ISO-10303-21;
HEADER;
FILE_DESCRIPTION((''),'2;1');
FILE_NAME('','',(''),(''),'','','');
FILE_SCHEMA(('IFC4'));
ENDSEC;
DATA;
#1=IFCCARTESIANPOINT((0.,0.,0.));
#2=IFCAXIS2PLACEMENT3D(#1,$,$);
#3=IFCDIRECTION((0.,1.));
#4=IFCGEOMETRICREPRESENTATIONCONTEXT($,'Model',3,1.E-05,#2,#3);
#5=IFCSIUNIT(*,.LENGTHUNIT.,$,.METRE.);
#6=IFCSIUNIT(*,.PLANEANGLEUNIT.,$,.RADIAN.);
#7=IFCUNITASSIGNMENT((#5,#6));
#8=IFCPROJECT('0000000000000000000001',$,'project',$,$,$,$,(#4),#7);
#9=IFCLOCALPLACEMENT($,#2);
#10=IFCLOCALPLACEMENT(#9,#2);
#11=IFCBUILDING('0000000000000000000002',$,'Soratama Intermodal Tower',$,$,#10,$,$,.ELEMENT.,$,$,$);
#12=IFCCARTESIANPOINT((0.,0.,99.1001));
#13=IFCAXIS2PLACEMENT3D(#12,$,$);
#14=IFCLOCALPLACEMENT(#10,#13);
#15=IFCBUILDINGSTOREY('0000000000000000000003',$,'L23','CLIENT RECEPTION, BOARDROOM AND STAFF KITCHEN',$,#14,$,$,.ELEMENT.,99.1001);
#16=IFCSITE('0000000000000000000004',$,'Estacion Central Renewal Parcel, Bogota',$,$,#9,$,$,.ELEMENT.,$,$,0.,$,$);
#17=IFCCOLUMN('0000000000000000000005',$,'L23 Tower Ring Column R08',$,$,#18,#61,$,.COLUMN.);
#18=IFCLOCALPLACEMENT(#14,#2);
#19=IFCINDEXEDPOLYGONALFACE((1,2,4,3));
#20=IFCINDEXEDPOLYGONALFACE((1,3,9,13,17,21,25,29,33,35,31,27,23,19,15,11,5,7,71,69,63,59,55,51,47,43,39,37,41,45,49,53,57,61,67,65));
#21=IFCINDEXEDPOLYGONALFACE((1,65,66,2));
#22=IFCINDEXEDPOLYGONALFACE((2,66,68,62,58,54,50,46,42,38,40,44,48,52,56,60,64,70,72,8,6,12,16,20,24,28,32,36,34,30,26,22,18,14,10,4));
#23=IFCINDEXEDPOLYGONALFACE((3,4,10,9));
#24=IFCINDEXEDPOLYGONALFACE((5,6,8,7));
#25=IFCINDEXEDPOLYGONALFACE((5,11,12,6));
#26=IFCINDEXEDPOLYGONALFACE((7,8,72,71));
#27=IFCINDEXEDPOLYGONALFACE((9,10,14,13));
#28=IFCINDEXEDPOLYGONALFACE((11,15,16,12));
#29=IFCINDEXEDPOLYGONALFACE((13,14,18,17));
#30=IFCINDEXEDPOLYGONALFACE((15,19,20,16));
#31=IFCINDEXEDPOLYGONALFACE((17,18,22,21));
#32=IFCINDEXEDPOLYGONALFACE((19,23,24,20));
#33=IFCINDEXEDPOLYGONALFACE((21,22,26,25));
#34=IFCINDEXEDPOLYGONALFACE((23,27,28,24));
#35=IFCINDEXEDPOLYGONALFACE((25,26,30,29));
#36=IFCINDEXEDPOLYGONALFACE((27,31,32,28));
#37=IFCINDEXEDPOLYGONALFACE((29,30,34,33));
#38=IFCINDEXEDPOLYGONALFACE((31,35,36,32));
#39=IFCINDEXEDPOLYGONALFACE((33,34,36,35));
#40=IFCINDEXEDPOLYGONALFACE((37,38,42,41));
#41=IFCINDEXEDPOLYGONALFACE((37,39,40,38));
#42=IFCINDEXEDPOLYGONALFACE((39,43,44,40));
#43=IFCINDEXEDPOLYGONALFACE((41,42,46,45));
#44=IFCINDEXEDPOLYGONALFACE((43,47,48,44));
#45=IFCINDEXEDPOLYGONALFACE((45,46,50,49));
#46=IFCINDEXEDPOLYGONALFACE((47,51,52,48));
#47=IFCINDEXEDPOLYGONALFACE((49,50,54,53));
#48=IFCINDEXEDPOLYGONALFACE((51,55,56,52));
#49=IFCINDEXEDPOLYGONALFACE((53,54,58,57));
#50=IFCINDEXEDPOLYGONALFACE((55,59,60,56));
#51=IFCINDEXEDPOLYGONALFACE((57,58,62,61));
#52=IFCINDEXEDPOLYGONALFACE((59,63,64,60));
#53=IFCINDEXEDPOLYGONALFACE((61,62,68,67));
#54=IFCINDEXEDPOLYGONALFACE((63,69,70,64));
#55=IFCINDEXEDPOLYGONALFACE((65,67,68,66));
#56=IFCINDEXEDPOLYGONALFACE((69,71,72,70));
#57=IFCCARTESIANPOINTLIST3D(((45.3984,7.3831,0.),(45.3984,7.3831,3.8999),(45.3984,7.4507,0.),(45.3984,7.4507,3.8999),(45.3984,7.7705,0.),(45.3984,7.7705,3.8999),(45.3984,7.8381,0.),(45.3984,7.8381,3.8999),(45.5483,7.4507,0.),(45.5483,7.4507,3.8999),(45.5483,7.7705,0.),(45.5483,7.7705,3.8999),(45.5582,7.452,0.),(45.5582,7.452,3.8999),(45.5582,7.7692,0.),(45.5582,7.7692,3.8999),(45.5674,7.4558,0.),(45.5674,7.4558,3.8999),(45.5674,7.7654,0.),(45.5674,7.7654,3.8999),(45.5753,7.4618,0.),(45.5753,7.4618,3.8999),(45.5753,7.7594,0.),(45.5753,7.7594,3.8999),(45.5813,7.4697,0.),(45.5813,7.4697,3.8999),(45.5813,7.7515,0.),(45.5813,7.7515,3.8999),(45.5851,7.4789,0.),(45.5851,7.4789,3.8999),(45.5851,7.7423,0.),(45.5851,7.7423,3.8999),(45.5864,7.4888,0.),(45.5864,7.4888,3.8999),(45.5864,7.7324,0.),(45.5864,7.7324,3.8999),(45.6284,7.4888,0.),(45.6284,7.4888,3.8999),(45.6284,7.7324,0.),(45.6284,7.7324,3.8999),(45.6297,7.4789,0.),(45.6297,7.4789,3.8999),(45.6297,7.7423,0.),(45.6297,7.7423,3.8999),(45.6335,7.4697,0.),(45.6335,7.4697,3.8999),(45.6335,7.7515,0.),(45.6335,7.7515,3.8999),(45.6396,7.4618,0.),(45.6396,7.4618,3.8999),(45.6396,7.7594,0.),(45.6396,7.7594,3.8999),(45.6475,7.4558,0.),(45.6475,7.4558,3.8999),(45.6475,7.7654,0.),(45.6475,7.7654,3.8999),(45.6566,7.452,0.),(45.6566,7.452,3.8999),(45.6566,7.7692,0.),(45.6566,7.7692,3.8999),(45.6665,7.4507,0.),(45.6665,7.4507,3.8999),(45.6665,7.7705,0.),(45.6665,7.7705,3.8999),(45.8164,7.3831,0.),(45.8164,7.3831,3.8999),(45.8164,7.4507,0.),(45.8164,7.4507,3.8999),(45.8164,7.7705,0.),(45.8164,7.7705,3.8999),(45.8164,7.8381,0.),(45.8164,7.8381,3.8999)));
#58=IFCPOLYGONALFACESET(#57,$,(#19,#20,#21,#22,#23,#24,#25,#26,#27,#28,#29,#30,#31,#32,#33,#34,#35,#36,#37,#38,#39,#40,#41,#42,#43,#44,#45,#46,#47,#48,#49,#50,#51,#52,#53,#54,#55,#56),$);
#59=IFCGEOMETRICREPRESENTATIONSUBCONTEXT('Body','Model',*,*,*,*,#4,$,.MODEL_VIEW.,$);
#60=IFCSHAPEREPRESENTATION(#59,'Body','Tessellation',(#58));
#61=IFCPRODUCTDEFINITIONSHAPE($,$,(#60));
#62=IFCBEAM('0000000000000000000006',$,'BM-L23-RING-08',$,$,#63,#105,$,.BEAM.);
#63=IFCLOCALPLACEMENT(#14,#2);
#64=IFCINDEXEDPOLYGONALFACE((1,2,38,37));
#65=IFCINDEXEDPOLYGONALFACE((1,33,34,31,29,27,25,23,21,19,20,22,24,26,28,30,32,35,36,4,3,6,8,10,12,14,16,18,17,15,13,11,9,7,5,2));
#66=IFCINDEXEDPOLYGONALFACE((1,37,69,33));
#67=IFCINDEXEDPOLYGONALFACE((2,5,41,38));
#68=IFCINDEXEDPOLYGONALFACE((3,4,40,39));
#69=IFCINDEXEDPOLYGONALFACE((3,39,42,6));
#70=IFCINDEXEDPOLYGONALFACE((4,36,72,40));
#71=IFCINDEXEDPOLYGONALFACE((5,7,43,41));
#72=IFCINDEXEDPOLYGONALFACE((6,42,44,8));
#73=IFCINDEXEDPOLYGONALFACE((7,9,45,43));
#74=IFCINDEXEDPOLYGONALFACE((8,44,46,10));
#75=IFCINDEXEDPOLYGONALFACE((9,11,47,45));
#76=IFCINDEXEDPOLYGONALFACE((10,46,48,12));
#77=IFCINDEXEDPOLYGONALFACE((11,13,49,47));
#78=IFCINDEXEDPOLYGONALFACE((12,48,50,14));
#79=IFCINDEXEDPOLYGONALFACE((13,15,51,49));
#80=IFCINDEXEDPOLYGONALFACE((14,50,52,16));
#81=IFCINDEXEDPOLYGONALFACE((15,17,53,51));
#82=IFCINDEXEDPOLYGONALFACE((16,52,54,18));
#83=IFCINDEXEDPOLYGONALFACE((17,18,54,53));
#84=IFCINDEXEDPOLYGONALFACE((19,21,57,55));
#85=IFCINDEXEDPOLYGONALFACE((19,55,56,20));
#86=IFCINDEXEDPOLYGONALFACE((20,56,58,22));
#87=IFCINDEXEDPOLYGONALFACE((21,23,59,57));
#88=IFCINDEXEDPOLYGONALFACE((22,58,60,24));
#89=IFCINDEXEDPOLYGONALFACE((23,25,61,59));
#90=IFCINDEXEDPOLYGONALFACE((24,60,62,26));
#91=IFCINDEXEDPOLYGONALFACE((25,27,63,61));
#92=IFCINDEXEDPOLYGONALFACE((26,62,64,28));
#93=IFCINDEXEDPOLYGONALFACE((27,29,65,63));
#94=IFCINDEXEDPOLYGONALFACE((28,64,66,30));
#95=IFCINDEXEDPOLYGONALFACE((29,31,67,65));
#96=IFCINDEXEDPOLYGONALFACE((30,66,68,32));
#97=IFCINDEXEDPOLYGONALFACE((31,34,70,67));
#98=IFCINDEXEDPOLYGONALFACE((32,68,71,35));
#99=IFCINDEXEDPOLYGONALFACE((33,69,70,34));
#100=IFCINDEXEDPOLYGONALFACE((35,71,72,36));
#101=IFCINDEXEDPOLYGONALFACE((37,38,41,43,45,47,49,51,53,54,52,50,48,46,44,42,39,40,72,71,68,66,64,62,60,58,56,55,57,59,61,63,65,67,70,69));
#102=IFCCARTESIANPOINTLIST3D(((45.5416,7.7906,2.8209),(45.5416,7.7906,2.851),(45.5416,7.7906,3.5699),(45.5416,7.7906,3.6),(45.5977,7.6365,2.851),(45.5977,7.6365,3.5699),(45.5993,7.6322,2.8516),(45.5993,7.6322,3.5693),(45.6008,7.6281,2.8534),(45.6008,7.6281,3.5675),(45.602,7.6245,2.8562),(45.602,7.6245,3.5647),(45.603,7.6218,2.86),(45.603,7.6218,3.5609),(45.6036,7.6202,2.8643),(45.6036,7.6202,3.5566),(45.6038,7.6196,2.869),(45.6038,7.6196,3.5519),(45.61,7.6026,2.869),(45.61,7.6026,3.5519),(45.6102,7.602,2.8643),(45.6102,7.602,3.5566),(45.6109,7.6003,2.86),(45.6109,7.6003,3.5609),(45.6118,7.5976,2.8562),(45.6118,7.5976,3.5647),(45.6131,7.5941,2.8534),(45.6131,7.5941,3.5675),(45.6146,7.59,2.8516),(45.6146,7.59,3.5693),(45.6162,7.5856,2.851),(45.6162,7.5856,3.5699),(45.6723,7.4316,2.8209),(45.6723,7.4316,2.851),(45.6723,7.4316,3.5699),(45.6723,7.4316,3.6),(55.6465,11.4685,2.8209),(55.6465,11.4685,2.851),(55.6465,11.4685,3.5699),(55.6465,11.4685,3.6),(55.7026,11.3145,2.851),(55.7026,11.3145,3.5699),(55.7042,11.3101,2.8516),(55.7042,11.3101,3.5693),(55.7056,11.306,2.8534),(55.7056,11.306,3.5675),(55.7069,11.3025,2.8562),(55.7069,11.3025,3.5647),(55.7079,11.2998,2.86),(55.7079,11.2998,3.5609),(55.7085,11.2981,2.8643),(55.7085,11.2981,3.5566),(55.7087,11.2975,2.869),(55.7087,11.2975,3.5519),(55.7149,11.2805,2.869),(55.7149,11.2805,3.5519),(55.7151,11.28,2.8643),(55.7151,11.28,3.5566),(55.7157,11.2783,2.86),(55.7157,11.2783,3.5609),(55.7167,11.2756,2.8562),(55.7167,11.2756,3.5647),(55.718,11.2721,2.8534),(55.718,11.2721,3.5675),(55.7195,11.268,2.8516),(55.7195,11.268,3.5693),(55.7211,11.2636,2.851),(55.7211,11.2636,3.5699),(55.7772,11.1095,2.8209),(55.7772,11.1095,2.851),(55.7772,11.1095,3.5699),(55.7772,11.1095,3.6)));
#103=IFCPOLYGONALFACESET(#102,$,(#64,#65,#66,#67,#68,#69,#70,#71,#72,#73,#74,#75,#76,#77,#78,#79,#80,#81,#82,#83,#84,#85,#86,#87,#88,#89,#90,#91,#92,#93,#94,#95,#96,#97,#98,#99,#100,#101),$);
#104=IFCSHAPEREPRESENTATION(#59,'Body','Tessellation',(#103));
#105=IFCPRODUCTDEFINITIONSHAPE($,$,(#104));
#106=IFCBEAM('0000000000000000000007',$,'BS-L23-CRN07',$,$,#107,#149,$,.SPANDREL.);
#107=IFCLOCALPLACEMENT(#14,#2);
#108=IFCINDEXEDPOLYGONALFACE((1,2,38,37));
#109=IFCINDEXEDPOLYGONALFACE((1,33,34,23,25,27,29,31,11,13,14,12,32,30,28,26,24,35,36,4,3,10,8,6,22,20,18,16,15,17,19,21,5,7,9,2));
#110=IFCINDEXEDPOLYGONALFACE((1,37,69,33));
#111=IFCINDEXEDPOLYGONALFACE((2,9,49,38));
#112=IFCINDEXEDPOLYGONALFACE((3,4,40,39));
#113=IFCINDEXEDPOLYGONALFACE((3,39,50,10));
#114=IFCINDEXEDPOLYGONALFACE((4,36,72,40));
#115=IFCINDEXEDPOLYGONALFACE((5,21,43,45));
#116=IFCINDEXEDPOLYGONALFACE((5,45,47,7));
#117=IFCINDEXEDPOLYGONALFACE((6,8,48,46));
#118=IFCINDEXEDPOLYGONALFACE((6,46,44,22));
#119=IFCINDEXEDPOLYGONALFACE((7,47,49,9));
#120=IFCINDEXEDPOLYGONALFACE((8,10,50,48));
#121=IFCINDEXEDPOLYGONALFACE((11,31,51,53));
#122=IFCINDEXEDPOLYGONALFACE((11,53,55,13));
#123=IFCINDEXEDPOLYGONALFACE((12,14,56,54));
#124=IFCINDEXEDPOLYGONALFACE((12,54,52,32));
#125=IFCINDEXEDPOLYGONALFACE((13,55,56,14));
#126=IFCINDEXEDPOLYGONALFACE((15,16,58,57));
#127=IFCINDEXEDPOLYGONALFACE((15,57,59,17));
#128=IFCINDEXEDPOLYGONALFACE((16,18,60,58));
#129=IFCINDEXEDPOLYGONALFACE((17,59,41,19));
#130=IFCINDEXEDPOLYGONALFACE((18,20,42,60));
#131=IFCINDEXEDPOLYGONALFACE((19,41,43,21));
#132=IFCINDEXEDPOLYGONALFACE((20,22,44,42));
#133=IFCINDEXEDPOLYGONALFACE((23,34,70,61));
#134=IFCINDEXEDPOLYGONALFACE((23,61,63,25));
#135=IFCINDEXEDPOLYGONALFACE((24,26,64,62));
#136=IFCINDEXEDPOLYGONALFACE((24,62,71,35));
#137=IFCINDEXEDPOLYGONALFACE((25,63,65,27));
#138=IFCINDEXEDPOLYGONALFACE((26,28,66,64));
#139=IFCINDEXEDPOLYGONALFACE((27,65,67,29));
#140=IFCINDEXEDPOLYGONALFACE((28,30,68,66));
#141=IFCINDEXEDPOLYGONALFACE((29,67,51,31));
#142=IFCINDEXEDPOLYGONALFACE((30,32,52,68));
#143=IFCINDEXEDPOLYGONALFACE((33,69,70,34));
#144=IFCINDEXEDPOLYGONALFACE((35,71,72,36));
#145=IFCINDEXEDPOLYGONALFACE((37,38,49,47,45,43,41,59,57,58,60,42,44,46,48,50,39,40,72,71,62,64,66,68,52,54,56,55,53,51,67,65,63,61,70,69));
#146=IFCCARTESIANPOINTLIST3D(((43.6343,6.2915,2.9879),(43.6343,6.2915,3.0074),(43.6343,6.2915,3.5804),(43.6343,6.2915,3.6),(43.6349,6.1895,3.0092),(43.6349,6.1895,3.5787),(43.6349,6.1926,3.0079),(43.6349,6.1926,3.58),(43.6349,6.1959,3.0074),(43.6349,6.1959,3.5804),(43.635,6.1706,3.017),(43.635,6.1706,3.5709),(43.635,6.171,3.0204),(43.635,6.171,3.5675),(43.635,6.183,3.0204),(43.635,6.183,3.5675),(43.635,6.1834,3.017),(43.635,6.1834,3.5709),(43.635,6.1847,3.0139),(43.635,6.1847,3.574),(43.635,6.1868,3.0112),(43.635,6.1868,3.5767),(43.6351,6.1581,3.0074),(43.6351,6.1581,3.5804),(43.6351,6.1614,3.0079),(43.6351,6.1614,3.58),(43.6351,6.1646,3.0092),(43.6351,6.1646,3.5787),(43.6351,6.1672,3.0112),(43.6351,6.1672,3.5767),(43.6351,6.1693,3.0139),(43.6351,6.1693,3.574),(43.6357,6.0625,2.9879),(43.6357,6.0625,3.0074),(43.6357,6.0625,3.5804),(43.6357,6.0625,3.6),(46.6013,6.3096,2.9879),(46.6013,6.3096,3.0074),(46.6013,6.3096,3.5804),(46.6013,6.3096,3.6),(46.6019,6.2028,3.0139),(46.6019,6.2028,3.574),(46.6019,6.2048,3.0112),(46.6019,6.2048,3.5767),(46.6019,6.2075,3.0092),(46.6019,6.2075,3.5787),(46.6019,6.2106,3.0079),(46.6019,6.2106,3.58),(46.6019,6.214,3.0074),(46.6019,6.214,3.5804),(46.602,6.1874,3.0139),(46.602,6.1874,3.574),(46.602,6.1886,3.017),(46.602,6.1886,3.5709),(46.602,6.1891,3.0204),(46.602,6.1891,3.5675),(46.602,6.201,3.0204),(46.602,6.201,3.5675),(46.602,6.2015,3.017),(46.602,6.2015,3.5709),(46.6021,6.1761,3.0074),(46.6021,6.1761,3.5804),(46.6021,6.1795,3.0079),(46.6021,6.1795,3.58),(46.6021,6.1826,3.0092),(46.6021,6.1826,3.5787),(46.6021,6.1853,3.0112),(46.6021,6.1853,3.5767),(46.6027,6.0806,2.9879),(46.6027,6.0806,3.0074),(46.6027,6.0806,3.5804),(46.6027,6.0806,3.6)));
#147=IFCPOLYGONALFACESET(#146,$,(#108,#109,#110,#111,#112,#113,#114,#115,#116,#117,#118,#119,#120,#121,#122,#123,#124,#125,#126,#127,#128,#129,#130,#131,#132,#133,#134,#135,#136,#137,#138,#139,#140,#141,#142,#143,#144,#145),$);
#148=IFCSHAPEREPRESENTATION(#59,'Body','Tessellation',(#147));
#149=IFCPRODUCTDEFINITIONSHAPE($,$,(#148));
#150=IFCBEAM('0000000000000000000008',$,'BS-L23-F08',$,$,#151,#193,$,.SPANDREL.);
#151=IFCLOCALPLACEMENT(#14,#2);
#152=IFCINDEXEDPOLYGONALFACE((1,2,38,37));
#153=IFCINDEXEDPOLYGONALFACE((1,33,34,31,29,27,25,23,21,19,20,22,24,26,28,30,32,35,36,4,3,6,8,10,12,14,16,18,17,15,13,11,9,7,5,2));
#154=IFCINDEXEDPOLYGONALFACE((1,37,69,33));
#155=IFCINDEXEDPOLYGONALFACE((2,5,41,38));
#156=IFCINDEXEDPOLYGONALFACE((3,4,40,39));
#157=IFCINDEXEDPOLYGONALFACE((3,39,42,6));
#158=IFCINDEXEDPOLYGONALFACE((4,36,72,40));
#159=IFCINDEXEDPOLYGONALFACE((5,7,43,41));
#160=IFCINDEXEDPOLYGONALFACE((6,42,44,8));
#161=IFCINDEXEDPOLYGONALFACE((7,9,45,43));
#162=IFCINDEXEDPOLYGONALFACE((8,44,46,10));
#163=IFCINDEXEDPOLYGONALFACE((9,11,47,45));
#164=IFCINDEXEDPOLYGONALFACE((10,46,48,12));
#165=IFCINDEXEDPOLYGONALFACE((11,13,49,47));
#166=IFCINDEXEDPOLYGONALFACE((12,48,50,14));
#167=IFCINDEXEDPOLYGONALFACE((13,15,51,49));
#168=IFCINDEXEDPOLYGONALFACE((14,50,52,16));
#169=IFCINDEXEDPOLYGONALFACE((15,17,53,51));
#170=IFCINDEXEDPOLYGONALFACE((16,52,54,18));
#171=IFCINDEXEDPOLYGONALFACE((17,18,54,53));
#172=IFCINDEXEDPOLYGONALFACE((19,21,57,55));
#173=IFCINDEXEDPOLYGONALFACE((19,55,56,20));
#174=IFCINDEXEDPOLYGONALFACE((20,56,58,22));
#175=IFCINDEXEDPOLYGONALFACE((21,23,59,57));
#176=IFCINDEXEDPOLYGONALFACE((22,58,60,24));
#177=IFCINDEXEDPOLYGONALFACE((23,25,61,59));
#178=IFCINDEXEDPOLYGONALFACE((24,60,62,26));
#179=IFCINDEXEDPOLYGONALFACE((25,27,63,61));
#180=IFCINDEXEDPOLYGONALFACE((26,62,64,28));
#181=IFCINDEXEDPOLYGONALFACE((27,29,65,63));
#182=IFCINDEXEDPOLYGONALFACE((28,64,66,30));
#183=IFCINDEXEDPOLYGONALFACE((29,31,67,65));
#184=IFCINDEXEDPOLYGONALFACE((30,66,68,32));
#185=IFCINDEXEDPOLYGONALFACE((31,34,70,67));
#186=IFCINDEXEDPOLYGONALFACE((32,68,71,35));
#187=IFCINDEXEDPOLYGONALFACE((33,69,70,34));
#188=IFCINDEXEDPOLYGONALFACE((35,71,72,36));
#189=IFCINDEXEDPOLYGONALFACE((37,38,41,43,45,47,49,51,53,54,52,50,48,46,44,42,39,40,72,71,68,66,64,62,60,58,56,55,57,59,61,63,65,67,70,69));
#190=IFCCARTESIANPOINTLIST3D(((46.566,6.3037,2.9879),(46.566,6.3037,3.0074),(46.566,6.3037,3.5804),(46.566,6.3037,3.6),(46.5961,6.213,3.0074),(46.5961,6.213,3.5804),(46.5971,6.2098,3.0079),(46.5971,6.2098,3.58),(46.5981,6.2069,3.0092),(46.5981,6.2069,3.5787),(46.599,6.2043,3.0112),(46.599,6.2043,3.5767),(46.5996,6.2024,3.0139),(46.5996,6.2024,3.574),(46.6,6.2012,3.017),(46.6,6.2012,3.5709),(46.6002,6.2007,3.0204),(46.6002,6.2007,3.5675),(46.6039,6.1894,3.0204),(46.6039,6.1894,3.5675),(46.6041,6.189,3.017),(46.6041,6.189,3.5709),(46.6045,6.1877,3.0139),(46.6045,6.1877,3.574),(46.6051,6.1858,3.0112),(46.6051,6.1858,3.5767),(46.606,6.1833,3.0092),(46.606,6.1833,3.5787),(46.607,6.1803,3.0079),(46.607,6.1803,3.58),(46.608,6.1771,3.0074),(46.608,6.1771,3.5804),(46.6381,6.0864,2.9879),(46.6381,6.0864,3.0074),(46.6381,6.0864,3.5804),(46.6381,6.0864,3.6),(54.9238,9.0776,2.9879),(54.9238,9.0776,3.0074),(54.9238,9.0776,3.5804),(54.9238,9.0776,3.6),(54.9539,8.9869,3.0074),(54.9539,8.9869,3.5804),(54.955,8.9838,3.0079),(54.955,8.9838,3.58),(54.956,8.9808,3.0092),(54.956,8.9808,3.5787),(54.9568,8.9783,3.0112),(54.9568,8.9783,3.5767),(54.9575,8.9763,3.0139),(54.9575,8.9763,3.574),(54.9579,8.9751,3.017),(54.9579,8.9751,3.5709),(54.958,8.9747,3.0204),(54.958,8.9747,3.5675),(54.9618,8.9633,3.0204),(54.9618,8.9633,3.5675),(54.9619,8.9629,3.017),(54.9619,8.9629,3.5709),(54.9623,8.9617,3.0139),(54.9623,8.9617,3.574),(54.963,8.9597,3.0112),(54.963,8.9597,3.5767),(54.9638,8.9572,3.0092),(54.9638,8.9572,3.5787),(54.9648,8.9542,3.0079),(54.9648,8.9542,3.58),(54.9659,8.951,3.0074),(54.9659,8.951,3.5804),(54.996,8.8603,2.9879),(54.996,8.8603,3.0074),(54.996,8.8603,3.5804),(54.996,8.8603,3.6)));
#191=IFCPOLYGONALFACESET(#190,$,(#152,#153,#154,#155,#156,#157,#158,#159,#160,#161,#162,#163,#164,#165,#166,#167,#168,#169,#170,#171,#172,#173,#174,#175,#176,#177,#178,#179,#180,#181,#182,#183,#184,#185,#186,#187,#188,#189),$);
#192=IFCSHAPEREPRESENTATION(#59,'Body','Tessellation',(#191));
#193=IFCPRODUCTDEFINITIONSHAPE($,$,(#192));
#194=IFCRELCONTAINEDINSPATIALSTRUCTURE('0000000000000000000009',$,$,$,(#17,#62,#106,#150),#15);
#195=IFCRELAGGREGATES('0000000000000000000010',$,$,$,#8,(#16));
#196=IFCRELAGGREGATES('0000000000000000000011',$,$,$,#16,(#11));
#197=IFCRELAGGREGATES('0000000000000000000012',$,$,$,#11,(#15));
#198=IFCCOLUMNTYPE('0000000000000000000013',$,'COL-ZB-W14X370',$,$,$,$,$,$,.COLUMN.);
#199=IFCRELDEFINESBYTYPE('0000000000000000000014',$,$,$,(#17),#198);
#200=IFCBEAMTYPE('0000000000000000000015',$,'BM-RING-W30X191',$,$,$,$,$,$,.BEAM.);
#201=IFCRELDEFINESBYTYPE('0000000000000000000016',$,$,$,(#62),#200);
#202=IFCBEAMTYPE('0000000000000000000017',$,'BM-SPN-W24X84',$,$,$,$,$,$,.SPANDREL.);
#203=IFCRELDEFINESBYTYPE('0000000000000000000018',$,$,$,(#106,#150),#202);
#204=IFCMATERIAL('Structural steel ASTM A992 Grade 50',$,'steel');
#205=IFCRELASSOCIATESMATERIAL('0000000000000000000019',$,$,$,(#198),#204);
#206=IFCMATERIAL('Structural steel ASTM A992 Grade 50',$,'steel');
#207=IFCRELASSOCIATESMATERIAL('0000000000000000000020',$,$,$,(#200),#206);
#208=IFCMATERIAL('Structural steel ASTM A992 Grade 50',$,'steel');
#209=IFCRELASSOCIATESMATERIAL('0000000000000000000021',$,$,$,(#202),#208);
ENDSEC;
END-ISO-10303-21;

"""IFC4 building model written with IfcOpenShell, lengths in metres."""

from ifc_helpers import new_model, si_unit, direction, frame, origin, origin_2d, place, context, subcontext, project, spatial, i_section, extrude, material, material_profile, profile_set, type_object, element, save


model = new_model("IFC4")

# Units and contexts
model_context = context("Model", 3, precision=1e-05, world=origin(), true_north=direction((0.0, 1.0)))
body_context = subcontext(model_context, "Body", "Model", "MODEL_VIEW")
ifc_project = project(units=[si_unit("LENGTHUNIT", "METRE"), si_unit("PLANEANGLEUNIT", "RADIAN")], contexts=[model_context])

# Site, building, storey
site_placement = place(None, origin())
site = spatial("IfcSite", under=ifc_project, at=site_placement, Name="Estacion Central Renewal Parcel, Bogota", CompositionType="ELEMENT", RefElevation=0.0)
building_placement = place(site_placement, origin())
building = spatial("IfcBuilding", under=site, at=building_placement, Name="Soratama Intermodal Tower", CompositionType="ELEMENT")
storey_placement = place(building_placement, frame((0.0, 0.0, 99.1001)))
storey = spatial("IfcBuildingStorey", under=building, at=storey_placement, Name="L23", Description="CLIENT RECEPTION, BOARDROOM AND STAFF KITCHEN", CompositionType="ELEMENT", Elevation=99.1001)

# Column
ifc_material_1 = material(Name="Structural steel ASTM A992 Grade 50", Category="steel")
ifc_material_profile_1 = material_profile(ifc_material_1, i_section(OverallWidth=0.418, OverallDepth=0.4551, WebThickness=0.042, FlangeThickness=0.0676, FilletRadius=0.0381, at=origin_2d()), Name="W14X370")
ifc_profile_set_1 = profile_set([ifc_material_profile_1], Name="Structural steel ASTM A992 Grade 50")
column_type = type_object("IfcColumnType", Name="COL-ZB-W14X370", PredefinedType="COLUMN", material=ifc_profile_set_1)
column_placement = place(storey_placement, frame((45.6074, 7.6106, 0.0), z_axis=(0.0, 0.0, 1.0), x_axis=(1.0, 0.0, 0.0)))
element("IfcColumn", 1, at=column_placement, inside=storey, type_object=column_type, Name="L23 Tower Ring Column R08", PredefinedType="COLUMN", context=body_context, shape_type="SweptSolid", body=[
    extrude(i_section(OverallWidth=0.418, OverallDepth=0.4551, WebThickness=0.042, FlangeThickness=0.0676, FilletRadius=0.0381, at=origin_2d()), origin(), (0.0, 0.0, 1.0), 3.8999),
])

# Beams
ifc_material_2 = material(Name="Structural steel ASTM A992 Grade 50", Category="steel")
ifc_material_profile_2 = material_profile(ifc_material_2, i_section(OverallWidth=0.3821, OverallDepth=0.7791, WebThickness=0.0181, FlangeThickness=0.03, FilletRadius=0.0181, at=origin_2d()), Name="W30X191")
ifc_profile_set_2 = profile_set([ifc_material_profile_2], Name="Structural steel ASTM A992 Grade 50")
beam_type_1 = type_object("IfcBeamType", Name="BM-RING-W30X191", PredefinedType="BEAM", material=ifc_profile_set_2)
beam_1_placement = place(storey_placement, frame((45.6069, 7.6111, 3.2104), z_axis=(0.939691, 0.342026, 0.0), x_axis=(-0.342026, 0.939691, 0.0)))
element("IfcBeam", 2, at=beam_1_placement, inside=storey, type_object=beam_type_1, Name="BM-L23-RING-08", PredefinedType="BEAM", context=body_context, shape_type="SweptSolid", body=[
    extrude(i_section(OverallWidth=0.3821, OverallDepth=0.7791, WebThickness=0.0181, FlangeThickness=0.03, FilletRadius=0.0181, at=origin_2d()), origin(), (0.0, 0.0, 1.0), 10.7534),
])
ifc_material_3 = material(Name="Structural steel ASTM A992 Grade 50", Category="steel")
ifc_material_profile_3 = material_profile(ifc_material_3, i_section(OverallWidth=0.229, OverallDepth=0.6121, WebThickness=0.012, FlangeThickness=0.0195, FilletRadius=0.0129, at=origin_2d()), Name="W24X84")
ifc_profile_set_3 = profile_set([ifc_material_profile_3], Name="Structural steel ASTM A992 Grade 50")
beam_type_2 = type_object("IfcBeamType", Name="BM-SPN-W24X84", PredefinedType="SPANDREL", material=ifc_profile_set_3)
beam_2_placement = place(storey_placement, frame((43.635, 6.177, 3.2939), z_axis=(0.999981, 0.006089, 0.0), x_axis=(-0.006089, 0.999981, 0.0)))
element("IfcBeam", 3, at=beam_2_placement, inside=storey, type_object=beam_type_2, Name="BS-L23-CRN07", PredefinedType="SPANDREL", context=body_context, shape_type="SweptSolid", body=[
    extrude(i_section(OverallWidth=0.229, OverallDepth=0.6121, WebThickness=0.012, FlangeThickness=0.0195, FilletRadius=0.0129, at=origin_2d()), origin(), (0.0, 0.0, 1.0), 2.967),
])
beam_3_placement = place(storey_placement, frame((46.6021, 6.1951, 3.2939), z_axis=(0.949093, 0.314997, 0.0), x_axis=(-0.314997, 0.949093, 0.0)))
element("IfcBeam", 4, at=beam_3_placement, inside=storey, type_object=beam_type_2, Name="BS-L23-F08", PredefinedType="SPANDREL", context=body_context, shape_type="SweptSolid", body=[
    extrude(i_section(OverallWidth=0.229, OverallDepth=0.6121, WebThickness=0.012, FlangeThickness=0.0195, FilletRadius=0.0129, at=origin_2d()), origin(), (0.0, 0.0, 1.0), 8.8062),
])

save(model, "model.ifc")
